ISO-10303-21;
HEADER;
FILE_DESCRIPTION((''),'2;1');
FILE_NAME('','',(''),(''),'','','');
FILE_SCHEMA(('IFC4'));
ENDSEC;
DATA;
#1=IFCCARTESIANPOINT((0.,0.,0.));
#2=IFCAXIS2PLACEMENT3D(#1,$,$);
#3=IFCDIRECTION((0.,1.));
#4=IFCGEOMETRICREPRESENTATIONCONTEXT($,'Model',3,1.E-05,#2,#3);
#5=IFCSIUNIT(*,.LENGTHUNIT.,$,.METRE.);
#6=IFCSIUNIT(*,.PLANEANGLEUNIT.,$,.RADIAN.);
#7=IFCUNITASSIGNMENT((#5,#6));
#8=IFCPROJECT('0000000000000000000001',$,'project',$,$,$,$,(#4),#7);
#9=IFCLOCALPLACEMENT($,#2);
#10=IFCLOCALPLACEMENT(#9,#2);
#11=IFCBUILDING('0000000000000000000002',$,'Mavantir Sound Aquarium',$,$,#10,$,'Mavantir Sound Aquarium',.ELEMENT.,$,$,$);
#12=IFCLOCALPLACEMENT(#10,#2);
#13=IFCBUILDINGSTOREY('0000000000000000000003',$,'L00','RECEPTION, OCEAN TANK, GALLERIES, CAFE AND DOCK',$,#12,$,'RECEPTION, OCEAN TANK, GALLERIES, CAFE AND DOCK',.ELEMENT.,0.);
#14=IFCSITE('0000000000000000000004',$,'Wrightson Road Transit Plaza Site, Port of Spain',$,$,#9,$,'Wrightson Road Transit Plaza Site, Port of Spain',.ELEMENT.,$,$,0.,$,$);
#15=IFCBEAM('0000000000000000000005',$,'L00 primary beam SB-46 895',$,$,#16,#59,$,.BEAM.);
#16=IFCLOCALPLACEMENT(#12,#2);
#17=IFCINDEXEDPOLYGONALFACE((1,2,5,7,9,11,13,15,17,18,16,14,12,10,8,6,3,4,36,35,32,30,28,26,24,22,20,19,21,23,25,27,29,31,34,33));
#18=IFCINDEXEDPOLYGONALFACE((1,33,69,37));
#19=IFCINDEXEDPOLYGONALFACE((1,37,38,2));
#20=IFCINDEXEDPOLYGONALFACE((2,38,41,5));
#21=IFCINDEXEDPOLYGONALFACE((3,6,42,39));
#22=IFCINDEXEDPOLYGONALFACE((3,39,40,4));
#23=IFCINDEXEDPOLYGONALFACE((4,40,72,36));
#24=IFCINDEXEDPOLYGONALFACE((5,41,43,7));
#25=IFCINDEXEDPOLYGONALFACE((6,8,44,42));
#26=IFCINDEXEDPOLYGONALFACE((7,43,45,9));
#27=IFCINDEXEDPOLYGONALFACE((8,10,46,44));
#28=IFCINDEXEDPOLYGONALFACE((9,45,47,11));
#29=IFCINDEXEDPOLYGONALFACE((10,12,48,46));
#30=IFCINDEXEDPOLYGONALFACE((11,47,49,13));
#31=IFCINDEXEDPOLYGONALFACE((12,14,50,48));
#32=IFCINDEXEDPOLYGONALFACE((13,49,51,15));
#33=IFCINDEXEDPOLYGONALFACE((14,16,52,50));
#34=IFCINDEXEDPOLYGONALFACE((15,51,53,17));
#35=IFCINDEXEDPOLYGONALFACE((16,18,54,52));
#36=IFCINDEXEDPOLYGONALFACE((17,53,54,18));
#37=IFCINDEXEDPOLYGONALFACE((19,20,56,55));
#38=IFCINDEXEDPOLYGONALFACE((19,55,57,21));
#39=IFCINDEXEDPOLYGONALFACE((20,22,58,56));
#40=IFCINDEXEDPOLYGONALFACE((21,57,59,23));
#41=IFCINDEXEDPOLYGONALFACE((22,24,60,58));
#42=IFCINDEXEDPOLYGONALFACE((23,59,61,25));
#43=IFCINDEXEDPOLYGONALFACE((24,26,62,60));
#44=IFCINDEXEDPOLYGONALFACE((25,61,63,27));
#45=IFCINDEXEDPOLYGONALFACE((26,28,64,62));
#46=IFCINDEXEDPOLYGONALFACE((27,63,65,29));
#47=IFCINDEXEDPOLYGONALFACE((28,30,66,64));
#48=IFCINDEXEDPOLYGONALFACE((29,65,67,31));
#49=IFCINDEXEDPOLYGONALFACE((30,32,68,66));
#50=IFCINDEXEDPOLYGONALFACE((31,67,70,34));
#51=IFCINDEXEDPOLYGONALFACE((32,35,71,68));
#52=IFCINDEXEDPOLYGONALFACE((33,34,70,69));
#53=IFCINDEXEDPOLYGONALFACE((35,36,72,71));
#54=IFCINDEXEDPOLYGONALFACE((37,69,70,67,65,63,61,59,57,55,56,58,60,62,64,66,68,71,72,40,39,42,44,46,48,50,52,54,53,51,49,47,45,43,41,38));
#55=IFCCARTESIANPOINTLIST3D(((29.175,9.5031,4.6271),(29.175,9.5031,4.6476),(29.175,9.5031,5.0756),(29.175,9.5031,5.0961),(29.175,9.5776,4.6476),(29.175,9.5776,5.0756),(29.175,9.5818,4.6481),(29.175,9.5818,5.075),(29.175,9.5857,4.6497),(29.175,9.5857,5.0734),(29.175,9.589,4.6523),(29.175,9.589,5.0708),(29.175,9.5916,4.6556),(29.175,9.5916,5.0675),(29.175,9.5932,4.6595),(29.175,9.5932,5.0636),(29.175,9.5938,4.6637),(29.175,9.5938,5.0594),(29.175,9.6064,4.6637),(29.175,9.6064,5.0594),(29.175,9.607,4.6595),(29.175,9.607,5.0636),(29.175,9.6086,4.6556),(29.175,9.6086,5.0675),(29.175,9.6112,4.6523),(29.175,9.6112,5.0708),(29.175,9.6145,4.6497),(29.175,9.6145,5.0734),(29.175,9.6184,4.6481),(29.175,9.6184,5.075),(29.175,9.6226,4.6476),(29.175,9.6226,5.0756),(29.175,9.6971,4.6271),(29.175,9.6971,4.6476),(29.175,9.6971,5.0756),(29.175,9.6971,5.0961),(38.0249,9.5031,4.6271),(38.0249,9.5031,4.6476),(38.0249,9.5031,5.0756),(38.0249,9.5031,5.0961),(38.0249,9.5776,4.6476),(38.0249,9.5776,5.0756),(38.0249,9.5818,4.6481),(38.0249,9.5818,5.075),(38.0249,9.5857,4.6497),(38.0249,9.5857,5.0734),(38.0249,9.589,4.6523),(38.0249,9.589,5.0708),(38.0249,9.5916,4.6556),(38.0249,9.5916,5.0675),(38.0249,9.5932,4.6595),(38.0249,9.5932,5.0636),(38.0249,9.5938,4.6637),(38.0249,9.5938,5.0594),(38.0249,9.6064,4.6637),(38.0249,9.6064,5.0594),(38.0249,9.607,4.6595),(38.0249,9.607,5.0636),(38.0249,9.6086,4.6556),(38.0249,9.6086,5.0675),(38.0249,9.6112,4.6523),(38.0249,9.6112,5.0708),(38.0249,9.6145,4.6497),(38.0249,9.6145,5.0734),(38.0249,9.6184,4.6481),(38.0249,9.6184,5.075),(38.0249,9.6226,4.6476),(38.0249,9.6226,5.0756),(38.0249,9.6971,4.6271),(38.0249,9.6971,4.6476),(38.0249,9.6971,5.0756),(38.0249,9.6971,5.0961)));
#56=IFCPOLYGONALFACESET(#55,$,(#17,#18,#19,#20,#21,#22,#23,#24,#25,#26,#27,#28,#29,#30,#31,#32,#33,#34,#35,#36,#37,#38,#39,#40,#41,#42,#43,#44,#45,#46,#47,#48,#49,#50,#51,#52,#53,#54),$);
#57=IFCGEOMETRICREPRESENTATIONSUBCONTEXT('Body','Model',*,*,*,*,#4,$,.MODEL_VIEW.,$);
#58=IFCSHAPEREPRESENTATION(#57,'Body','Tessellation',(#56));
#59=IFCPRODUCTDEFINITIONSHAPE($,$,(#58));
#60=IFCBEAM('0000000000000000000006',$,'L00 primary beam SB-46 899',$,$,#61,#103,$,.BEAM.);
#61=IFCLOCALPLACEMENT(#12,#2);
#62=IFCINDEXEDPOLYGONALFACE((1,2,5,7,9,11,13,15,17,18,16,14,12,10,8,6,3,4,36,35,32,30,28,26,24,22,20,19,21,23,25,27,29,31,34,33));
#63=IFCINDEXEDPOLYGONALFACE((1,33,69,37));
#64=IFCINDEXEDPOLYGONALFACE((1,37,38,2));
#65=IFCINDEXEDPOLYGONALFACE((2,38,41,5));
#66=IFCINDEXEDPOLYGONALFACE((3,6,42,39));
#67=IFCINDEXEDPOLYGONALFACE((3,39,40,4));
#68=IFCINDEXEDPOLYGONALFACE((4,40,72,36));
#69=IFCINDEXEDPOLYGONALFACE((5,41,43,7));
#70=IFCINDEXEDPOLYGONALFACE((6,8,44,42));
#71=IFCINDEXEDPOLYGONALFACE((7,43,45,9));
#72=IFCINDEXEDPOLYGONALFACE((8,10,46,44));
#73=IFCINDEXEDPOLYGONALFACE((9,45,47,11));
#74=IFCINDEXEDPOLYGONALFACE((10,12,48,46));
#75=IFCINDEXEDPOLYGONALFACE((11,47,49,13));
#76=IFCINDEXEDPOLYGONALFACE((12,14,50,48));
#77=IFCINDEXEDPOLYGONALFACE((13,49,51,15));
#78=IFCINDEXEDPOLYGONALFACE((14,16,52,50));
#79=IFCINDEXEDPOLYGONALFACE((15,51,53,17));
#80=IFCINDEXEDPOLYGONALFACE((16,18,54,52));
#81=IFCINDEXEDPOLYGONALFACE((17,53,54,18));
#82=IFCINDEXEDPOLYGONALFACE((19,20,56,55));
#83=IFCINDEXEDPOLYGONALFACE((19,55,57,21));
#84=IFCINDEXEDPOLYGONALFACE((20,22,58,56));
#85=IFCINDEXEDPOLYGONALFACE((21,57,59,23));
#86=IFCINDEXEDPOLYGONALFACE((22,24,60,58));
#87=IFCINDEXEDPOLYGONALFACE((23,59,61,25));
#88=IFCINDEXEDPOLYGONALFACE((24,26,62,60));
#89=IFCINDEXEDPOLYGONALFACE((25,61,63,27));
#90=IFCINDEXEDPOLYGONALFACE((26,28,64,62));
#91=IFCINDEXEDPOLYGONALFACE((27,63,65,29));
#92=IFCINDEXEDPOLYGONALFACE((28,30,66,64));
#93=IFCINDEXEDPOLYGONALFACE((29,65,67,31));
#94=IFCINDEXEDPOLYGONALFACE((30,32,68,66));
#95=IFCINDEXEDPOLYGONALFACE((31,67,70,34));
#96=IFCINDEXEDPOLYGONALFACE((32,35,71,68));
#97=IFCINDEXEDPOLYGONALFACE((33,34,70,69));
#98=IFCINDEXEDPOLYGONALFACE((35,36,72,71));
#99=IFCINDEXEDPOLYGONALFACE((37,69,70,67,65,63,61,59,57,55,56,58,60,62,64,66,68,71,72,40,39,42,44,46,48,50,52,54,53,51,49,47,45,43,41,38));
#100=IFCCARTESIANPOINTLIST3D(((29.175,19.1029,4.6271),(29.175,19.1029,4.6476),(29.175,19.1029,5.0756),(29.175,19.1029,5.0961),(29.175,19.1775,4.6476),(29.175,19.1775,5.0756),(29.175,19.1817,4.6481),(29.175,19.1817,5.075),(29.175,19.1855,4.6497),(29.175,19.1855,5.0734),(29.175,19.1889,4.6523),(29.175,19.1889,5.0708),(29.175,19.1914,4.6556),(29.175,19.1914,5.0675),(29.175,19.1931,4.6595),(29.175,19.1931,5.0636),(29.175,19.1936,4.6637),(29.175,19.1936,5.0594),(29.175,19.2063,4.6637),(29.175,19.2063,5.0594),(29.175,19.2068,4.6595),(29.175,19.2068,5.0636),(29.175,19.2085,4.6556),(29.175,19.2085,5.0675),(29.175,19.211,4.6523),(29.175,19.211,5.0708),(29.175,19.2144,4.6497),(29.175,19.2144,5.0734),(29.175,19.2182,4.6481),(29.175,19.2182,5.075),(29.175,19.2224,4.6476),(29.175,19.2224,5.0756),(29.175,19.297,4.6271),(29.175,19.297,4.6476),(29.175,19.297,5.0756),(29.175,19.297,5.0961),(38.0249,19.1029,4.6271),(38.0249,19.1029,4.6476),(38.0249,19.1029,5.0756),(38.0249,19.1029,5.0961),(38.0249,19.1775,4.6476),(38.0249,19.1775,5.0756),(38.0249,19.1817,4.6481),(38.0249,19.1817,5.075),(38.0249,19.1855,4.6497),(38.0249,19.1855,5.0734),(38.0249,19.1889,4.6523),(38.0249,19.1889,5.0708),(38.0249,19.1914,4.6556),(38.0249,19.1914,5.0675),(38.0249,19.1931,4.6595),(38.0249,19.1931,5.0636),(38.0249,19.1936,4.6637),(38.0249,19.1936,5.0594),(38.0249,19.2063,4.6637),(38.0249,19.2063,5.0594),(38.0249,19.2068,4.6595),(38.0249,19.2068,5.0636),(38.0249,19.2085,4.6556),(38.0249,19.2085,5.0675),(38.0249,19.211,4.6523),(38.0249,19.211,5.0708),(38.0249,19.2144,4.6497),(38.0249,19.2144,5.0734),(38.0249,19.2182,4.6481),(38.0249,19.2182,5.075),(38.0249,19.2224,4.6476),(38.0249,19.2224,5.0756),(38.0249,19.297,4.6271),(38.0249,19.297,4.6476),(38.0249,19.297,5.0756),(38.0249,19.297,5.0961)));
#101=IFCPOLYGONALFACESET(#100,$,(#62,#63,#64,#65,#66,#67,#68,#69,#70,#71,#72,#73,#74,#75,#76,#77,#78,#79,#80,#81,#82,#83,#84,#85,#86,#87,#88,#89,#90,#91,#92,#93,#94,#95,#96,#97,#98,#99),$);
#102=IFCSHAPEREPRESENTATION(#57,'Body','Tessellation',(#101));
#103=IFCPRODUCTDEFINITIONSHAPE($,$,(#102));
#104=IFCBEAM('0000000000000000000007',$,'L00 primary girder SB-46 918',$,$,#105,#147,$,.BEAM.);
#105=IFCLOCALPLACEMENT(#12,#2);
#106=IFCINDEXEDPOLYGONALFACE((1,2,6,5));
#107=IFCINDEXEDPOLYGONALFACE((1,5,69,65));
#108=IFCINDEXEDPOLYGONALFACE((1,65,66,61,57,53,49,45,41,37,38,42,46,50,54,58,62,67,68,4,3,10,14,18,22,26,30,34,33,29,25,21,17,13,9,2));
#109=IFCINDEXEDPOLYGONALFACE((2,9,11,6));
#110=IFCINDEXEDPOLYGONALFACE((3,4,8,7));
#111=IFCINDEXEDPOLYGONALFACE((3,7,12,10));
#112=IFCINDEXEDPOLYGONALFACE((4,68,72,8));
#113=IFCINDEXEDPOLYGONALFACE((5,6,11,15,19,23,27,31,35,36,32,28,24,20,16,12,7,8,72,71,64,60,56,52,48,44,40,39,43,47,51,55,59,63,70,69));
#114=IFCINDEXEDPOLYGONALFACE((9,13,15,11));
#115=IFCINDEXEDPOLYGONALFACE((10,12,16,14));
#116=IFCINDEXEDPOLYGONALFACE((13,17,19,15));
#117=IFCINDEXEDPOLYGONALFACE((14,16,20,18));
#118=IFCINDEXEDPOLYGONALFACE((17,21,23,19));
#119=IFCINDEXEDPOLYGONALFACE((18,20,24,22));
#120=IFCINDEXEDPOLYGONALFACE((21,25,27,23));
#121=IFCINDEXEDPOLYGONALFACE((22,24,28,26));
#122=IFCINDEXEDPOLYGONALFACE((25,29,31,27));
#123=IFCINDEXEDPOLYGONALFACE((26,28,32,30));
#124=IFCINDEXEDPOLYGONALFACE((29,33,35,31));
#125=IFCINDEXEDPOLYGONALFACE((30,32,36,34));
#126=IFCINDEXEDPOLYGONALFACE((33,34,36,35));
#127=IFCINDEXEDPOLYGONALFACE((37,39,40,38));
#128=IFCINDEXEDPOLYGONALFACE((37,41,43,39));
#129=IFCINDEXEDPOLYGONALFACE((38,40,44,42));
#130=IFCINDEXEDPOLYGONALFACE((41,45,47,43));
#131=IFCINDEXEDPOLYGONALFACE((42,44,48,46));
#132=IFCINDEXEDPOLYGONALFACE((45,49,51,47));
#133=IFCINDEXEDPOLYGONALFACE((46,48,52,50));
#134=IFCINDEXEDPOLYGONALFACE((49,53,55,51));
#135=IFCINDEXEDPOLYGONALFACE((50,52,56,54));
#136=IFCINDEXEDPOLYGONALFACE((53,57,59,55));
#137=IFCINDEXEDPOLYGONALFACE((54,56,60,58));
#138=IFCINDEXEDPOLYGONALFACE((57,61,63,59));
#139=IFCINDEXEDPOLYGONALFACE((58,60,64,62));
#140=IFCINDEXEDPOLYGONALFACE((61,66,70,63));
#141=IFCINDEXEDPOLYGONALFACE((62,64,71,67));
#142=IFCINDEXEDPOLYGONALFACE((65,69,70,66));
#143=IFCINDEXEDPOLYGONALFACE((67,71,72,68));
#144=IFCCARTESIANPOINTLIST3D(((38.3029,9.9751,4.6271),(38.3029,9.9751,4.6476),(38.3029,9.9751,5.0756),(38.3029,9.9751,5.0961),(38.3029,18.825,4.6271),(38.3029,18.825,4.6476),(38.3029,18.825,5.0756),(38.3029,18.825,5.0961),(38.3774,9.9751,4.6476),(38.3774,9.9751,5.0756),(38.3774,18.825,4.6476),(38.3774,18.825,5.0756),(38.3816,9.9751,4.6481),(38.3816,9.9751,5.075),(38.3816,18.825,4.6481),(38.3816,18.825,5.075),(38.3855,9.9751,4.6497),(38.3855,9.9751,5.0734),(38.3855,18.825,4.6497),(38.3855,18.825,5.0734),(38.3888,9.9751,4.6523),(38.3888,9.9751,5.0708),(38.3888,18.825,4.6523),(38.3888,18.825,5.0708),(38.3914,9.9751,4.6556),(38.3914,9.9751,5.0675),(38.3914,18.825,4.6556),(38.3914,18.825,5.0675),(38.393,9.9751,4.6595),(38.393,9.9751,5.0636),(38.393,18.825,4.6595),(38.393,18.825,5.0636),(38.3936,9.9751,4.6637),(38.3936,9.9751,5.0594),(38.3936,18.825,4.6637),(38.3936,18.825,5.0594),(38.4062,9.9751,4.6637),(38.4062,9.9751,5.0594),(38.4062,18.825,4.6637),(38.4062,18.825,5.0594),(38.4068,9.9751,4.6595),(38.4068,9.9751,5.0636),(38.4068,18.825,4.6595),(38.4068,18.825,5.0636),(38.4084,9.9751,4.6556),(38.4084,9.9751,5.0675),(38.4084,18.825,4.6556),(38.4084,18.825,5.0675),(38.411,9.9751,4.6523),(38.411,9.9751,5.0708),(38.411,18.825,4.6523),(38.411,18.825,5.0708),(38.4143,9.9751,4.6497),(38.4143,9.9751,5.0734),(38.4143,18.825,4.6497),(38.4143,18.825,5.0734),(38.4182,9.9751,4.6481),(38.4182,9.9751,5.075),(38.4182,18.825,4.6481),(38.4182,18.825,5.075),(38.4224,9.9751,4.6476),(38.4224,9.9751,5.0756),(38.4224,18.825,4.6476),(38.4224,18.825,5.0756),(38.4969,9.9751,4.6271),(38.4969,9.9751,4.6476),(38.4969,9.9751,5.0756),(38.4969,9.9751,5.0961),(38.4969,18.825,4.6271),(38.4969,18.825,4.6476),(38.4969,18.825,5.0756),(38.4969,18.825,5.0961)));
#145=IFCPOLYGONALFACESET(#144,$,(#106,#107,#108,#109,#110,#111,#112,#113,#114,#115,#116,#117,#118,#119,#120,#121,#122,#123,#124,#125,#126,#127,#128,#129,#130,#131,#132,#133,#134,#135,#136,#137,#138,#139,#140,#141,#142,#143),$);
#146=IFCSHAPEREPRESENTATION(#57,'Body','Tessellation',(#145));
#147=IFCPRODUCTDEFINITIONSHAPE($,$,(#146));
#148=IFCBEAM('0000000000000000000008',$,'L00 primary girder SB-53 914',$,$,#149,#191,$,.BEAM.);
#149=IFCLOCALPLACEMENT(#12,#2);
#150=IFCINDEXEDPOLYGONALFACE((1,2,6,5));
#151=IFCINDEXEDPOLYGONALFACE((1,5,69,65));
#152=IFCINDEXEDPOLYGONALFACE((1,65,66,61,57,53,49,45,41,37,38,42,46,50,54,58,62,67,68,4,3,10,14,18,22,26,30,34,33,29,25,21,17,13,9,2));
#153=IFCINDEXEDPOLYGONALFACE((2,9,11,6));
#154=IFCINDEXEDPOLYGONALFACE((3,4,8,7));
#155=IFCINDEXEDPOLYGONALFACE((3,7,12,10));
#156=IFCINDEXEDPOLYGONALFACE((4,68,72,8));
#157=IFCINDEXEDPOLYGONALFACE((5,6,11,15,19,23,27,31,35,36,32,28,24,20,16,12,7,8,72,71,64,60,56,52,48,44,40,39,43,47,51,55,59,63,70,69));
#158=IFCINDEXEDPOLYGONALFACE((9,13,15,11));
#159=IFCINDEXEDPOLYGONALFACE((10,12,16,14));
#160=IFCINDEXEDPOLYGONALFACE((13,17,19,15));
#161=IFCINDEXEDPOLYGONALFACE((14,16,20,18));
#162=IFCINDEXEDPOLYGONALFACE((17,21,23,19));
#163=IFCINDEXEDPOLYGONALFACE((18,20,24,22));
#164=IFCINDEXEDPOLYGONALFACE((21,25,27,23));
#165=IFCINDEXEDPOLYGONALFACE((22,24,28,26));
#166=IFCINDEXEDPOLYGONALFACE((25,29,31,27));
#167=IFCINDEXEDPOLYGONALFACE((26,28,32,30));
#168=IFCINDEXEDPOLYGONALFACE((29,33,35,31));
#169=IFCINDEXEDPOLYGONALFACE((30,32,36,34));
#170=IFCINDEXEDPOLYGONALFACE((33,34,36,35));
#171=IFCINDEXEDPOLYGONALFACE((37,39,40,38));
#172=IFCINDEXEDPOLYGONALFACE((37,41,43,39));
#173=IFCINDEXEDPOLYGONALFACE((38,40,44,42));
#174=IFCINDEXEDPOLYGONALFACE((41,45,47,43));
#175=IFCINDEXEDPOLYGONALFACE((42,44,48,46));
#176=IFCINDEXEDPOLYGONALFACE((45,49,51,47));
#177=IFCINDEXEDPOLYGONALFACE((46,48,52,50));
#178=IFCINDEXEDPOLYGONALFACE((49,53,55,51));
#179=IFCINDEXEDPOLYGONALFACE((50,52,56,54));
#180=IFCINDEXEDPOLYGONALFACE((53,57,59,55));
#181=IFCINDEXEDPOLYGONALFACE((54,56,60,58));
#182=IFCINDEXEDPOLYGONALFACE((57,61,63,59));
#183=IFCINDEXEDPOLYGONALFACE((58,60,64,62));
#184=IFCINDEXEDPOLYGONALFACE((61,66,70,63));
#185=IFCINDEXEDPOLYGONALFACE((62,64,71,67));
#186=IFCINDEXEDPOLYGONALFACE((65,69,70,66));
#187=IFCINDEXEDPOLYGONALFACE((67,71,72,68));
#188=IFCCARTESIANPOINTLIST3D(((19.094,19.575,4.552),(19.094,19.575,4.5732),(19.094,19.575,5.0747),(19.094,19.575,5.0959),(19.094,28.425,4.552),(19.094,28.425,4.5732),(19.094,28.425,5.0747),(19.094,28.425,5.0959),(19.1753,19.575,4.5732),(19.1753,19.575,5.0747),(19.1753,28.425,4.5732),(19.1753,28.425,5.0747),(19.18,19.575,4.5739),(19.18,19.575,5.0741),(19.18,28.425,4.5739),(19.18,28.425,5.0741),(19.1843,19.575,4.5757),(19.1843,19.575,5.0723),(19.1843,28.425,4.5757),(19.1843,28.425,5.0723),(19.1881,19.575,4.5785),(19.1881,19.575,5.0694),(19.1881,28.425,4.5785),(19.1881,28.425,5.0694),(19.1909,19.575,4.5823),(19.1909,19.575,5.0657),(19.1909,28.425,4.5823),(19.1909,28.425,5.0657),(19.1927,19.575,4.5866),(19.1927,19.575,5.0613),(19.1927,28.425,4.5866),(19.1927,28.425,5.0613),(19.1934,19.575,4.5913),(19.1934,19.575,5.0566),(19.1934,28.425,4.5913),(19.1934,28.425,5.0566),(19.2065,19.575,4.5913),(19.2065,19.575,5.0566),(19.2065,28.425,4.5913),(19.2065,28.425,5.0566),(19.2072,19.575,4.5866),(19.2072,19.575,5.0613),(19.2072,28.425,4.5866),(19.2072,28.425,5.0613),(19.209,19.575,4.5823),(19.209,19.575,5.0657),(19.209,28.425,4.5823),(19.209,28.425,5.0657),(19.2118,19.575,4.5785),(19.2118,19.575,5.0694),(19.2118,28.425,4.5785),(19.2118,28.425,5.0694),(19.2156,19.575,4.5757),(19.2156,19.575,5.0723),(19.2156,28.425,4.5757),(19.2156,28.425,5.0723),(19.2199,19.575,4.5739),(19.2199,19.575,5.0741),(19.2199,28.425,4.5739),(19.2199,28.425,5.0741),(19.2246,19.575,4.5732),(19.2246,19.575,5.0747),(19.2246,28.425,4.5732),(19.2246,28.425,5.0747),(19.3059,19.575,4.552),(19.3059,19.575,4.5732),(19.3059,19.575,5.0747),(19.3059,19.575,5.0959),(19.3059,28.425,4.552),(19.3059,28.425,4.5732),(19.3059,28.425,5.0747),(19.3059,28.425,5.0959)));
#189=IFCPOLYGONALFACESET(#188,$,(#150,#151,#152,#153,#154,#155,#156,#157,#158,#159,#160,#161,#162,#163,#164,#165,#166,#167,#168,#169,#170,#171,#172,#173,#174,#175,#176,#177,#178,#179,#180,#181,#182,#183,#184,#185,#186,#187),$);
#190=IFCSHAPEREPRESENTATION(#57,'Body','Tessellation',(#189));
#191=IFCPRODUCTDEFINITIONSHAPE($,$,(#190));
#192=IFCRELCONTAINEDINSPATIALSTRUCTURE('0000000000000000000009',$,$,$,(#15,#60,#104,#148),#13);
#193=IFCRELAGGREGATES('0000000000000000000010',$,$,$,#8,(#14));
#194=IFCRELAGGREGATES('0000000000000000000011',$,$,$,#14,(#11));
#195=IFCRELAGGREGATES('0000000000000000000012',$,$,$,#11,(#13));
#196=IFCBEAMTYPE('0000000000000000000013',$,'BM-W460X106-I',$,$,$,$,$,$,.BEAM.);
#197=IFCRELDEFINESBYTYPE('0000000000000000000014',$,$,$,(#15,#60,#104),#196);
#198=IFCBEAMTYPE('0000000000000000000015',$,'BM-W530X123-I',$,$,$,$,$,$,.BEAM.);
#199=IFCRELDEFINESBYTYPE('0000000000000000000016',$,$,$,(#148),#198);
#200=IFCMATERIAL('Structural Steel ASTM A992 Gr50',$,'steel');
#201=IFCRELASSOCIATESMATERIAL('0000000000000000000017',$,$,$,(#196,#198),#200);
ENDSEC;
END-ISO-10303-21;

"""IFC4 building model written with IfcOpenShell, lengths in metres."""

from ifc_helpers import new_model, si_unit, direction, frame, origin, origin_2d, place, context, subcontext, project, spatial, i_section, extrude, material, material_profile, profile_set, type_object, element, save


model = new_model("IFC4")

# Units and contexts
model_context = context("Model", 3, precision=1e-05, world=origin(), true_north=direction((0.0, 1.0)))
body_context = subcontext(model_context, "Body", "Model", "MODEL_VIEW")
ifc_project = project(units=[si_unit("LENGTHUNIT", "METRE"), si_unit("PLANEANGLEUNIT", "RADIAN")], contexts=[model_context])

# Site, building, storey
site_placement = place(None, origin())
site = spatial("IfcSite", under=ifc_project, at=site_placement, Name="Wrightson Road Transit Plaza Site, Port of Spain", LongName="Wrightson Road Transit Plaza Site, Port of Spain", CompositionType="ELEMENT", RefElevation=0.0)
building_placement = place(site_placement, origin())
building = spatial("IfcBuilding", under=site, at=building_placement, Name="Mavantir Sound Aquarium", LongName="Mavantir Sound Aquarium", CompositionType="ELEMENT")
storey_placement = place(building_placement, origin())
storey = spatial("IfcBuildingStorey", under=building, at=storey_placement, Name="L00", Description="RECEPTION, OCEAN TANK, GALLERIES, CAFE AND DOCK", LongName="RECEPTION, OCEAN TANK, GALLERIES, CAFE AND DOCK", CompositionType="ELEMENT", Elevation=0.0)

# Beams
ifc_material_1 = material(Name="Structural Steel ASTM A992 Gr50", Category="steel")
ifc_material_profile_1 = material_profile(ifc_material_1, i_section(OverallWidth=0.1941, OverallDepth=0.469, WebThickness=0.0127, FlangeThickness=0.0205, FilletRadius=0.0161, at=origin_2d()), Name="W460X106")
ifc_profile_set_1 = profile_set([ifc_material_profile_1], Name="Structural Steel ASTM A992 Gr50")
beam_type_1 = type_object("IfcBeamType", Name="BM-W460X106-I", PredefinedType="BEAM", material=ifc_profile_set_1)
for number, where, z_axis, x_axis, name in (
    (1, (29.175, 9.6001, 4.8616), (1.0, 0.0, 0.0), (0.0, 1.0, 0.0), "L00 primary beam SB-46 895"),
    (2, (29.175, 19.2, 4.8616), (1.0, 0.0, 0.0), (0.0, 1.0, 0.0), "L00 primary beam SB-46 899"),
    (3, (38.3999, 9.9751, 4.8616), (0.0, 1.0, 0.0), (-1.0, 0.0, 0.0), "L00 primary girder SB-46 918"),
):
    element("IfcBeam", number, at=place(storey_placement, frame(where, z_axis=z_axis, x_axis=x_axis)), inside=storey, type_object=beam_type_1, Name=name, PredefinedType="BEAM", context=body_context, shape_type="SweptSolid", body=[
        extrude(i_section(OverallWidth=0.1941, OverallDepth=0.469, WebThickness=0.0127, FlangeThickness=0.0205, FilletRadius=0.0161, at=origin_2d()), origin(), (0.0, 0.0, 1.0), 8.8499),
    ])
ifc_material_profile_2 = material_profile(ifc_material_1, i_section(OverallWidth=0.2119, OverallDepth=0.5439, WebThickness=0.0132, FlangeThickness=0.0212, FilletRadius=0.0181, at=origin_2d()), Name="W530X123")
ifc_profile_set_2 = profile_set([ifc_material_profile_2], Name="Structural Steel ASTM A992 Gr50")
beam_type_2 = type_object("IfcBeamType", Name="BM-W530X123-I", PredefinedType="BEAM", material=ifc_profile_set_2)
beam_1_placement = place(storey_placement, frame((19.2, 19.575, 4.824), z_axis=(0.0, 1.0, 0.0), x_axis=(-1.0, 0.0, 0.0)))
element("IfcBeam", 4, at=beam_1_placement, inside=storey, type_object=beam_type_2, Name="L00 primary girder SB-53 914", PredefinedType="BEAM", context=body_context, shape_type="SweptSolid", body=[
    extrude(i_section(OverallWidth=0.2119, OverallDepth=0.5439, WebThickness=0.0132, FlangeThickness=0.0212, FilletRadius=0.0181, at=origin_2d()), origin(), (0.0, 0.0, 1.0), 8.8501),
])

save(model, "model.ifc")
